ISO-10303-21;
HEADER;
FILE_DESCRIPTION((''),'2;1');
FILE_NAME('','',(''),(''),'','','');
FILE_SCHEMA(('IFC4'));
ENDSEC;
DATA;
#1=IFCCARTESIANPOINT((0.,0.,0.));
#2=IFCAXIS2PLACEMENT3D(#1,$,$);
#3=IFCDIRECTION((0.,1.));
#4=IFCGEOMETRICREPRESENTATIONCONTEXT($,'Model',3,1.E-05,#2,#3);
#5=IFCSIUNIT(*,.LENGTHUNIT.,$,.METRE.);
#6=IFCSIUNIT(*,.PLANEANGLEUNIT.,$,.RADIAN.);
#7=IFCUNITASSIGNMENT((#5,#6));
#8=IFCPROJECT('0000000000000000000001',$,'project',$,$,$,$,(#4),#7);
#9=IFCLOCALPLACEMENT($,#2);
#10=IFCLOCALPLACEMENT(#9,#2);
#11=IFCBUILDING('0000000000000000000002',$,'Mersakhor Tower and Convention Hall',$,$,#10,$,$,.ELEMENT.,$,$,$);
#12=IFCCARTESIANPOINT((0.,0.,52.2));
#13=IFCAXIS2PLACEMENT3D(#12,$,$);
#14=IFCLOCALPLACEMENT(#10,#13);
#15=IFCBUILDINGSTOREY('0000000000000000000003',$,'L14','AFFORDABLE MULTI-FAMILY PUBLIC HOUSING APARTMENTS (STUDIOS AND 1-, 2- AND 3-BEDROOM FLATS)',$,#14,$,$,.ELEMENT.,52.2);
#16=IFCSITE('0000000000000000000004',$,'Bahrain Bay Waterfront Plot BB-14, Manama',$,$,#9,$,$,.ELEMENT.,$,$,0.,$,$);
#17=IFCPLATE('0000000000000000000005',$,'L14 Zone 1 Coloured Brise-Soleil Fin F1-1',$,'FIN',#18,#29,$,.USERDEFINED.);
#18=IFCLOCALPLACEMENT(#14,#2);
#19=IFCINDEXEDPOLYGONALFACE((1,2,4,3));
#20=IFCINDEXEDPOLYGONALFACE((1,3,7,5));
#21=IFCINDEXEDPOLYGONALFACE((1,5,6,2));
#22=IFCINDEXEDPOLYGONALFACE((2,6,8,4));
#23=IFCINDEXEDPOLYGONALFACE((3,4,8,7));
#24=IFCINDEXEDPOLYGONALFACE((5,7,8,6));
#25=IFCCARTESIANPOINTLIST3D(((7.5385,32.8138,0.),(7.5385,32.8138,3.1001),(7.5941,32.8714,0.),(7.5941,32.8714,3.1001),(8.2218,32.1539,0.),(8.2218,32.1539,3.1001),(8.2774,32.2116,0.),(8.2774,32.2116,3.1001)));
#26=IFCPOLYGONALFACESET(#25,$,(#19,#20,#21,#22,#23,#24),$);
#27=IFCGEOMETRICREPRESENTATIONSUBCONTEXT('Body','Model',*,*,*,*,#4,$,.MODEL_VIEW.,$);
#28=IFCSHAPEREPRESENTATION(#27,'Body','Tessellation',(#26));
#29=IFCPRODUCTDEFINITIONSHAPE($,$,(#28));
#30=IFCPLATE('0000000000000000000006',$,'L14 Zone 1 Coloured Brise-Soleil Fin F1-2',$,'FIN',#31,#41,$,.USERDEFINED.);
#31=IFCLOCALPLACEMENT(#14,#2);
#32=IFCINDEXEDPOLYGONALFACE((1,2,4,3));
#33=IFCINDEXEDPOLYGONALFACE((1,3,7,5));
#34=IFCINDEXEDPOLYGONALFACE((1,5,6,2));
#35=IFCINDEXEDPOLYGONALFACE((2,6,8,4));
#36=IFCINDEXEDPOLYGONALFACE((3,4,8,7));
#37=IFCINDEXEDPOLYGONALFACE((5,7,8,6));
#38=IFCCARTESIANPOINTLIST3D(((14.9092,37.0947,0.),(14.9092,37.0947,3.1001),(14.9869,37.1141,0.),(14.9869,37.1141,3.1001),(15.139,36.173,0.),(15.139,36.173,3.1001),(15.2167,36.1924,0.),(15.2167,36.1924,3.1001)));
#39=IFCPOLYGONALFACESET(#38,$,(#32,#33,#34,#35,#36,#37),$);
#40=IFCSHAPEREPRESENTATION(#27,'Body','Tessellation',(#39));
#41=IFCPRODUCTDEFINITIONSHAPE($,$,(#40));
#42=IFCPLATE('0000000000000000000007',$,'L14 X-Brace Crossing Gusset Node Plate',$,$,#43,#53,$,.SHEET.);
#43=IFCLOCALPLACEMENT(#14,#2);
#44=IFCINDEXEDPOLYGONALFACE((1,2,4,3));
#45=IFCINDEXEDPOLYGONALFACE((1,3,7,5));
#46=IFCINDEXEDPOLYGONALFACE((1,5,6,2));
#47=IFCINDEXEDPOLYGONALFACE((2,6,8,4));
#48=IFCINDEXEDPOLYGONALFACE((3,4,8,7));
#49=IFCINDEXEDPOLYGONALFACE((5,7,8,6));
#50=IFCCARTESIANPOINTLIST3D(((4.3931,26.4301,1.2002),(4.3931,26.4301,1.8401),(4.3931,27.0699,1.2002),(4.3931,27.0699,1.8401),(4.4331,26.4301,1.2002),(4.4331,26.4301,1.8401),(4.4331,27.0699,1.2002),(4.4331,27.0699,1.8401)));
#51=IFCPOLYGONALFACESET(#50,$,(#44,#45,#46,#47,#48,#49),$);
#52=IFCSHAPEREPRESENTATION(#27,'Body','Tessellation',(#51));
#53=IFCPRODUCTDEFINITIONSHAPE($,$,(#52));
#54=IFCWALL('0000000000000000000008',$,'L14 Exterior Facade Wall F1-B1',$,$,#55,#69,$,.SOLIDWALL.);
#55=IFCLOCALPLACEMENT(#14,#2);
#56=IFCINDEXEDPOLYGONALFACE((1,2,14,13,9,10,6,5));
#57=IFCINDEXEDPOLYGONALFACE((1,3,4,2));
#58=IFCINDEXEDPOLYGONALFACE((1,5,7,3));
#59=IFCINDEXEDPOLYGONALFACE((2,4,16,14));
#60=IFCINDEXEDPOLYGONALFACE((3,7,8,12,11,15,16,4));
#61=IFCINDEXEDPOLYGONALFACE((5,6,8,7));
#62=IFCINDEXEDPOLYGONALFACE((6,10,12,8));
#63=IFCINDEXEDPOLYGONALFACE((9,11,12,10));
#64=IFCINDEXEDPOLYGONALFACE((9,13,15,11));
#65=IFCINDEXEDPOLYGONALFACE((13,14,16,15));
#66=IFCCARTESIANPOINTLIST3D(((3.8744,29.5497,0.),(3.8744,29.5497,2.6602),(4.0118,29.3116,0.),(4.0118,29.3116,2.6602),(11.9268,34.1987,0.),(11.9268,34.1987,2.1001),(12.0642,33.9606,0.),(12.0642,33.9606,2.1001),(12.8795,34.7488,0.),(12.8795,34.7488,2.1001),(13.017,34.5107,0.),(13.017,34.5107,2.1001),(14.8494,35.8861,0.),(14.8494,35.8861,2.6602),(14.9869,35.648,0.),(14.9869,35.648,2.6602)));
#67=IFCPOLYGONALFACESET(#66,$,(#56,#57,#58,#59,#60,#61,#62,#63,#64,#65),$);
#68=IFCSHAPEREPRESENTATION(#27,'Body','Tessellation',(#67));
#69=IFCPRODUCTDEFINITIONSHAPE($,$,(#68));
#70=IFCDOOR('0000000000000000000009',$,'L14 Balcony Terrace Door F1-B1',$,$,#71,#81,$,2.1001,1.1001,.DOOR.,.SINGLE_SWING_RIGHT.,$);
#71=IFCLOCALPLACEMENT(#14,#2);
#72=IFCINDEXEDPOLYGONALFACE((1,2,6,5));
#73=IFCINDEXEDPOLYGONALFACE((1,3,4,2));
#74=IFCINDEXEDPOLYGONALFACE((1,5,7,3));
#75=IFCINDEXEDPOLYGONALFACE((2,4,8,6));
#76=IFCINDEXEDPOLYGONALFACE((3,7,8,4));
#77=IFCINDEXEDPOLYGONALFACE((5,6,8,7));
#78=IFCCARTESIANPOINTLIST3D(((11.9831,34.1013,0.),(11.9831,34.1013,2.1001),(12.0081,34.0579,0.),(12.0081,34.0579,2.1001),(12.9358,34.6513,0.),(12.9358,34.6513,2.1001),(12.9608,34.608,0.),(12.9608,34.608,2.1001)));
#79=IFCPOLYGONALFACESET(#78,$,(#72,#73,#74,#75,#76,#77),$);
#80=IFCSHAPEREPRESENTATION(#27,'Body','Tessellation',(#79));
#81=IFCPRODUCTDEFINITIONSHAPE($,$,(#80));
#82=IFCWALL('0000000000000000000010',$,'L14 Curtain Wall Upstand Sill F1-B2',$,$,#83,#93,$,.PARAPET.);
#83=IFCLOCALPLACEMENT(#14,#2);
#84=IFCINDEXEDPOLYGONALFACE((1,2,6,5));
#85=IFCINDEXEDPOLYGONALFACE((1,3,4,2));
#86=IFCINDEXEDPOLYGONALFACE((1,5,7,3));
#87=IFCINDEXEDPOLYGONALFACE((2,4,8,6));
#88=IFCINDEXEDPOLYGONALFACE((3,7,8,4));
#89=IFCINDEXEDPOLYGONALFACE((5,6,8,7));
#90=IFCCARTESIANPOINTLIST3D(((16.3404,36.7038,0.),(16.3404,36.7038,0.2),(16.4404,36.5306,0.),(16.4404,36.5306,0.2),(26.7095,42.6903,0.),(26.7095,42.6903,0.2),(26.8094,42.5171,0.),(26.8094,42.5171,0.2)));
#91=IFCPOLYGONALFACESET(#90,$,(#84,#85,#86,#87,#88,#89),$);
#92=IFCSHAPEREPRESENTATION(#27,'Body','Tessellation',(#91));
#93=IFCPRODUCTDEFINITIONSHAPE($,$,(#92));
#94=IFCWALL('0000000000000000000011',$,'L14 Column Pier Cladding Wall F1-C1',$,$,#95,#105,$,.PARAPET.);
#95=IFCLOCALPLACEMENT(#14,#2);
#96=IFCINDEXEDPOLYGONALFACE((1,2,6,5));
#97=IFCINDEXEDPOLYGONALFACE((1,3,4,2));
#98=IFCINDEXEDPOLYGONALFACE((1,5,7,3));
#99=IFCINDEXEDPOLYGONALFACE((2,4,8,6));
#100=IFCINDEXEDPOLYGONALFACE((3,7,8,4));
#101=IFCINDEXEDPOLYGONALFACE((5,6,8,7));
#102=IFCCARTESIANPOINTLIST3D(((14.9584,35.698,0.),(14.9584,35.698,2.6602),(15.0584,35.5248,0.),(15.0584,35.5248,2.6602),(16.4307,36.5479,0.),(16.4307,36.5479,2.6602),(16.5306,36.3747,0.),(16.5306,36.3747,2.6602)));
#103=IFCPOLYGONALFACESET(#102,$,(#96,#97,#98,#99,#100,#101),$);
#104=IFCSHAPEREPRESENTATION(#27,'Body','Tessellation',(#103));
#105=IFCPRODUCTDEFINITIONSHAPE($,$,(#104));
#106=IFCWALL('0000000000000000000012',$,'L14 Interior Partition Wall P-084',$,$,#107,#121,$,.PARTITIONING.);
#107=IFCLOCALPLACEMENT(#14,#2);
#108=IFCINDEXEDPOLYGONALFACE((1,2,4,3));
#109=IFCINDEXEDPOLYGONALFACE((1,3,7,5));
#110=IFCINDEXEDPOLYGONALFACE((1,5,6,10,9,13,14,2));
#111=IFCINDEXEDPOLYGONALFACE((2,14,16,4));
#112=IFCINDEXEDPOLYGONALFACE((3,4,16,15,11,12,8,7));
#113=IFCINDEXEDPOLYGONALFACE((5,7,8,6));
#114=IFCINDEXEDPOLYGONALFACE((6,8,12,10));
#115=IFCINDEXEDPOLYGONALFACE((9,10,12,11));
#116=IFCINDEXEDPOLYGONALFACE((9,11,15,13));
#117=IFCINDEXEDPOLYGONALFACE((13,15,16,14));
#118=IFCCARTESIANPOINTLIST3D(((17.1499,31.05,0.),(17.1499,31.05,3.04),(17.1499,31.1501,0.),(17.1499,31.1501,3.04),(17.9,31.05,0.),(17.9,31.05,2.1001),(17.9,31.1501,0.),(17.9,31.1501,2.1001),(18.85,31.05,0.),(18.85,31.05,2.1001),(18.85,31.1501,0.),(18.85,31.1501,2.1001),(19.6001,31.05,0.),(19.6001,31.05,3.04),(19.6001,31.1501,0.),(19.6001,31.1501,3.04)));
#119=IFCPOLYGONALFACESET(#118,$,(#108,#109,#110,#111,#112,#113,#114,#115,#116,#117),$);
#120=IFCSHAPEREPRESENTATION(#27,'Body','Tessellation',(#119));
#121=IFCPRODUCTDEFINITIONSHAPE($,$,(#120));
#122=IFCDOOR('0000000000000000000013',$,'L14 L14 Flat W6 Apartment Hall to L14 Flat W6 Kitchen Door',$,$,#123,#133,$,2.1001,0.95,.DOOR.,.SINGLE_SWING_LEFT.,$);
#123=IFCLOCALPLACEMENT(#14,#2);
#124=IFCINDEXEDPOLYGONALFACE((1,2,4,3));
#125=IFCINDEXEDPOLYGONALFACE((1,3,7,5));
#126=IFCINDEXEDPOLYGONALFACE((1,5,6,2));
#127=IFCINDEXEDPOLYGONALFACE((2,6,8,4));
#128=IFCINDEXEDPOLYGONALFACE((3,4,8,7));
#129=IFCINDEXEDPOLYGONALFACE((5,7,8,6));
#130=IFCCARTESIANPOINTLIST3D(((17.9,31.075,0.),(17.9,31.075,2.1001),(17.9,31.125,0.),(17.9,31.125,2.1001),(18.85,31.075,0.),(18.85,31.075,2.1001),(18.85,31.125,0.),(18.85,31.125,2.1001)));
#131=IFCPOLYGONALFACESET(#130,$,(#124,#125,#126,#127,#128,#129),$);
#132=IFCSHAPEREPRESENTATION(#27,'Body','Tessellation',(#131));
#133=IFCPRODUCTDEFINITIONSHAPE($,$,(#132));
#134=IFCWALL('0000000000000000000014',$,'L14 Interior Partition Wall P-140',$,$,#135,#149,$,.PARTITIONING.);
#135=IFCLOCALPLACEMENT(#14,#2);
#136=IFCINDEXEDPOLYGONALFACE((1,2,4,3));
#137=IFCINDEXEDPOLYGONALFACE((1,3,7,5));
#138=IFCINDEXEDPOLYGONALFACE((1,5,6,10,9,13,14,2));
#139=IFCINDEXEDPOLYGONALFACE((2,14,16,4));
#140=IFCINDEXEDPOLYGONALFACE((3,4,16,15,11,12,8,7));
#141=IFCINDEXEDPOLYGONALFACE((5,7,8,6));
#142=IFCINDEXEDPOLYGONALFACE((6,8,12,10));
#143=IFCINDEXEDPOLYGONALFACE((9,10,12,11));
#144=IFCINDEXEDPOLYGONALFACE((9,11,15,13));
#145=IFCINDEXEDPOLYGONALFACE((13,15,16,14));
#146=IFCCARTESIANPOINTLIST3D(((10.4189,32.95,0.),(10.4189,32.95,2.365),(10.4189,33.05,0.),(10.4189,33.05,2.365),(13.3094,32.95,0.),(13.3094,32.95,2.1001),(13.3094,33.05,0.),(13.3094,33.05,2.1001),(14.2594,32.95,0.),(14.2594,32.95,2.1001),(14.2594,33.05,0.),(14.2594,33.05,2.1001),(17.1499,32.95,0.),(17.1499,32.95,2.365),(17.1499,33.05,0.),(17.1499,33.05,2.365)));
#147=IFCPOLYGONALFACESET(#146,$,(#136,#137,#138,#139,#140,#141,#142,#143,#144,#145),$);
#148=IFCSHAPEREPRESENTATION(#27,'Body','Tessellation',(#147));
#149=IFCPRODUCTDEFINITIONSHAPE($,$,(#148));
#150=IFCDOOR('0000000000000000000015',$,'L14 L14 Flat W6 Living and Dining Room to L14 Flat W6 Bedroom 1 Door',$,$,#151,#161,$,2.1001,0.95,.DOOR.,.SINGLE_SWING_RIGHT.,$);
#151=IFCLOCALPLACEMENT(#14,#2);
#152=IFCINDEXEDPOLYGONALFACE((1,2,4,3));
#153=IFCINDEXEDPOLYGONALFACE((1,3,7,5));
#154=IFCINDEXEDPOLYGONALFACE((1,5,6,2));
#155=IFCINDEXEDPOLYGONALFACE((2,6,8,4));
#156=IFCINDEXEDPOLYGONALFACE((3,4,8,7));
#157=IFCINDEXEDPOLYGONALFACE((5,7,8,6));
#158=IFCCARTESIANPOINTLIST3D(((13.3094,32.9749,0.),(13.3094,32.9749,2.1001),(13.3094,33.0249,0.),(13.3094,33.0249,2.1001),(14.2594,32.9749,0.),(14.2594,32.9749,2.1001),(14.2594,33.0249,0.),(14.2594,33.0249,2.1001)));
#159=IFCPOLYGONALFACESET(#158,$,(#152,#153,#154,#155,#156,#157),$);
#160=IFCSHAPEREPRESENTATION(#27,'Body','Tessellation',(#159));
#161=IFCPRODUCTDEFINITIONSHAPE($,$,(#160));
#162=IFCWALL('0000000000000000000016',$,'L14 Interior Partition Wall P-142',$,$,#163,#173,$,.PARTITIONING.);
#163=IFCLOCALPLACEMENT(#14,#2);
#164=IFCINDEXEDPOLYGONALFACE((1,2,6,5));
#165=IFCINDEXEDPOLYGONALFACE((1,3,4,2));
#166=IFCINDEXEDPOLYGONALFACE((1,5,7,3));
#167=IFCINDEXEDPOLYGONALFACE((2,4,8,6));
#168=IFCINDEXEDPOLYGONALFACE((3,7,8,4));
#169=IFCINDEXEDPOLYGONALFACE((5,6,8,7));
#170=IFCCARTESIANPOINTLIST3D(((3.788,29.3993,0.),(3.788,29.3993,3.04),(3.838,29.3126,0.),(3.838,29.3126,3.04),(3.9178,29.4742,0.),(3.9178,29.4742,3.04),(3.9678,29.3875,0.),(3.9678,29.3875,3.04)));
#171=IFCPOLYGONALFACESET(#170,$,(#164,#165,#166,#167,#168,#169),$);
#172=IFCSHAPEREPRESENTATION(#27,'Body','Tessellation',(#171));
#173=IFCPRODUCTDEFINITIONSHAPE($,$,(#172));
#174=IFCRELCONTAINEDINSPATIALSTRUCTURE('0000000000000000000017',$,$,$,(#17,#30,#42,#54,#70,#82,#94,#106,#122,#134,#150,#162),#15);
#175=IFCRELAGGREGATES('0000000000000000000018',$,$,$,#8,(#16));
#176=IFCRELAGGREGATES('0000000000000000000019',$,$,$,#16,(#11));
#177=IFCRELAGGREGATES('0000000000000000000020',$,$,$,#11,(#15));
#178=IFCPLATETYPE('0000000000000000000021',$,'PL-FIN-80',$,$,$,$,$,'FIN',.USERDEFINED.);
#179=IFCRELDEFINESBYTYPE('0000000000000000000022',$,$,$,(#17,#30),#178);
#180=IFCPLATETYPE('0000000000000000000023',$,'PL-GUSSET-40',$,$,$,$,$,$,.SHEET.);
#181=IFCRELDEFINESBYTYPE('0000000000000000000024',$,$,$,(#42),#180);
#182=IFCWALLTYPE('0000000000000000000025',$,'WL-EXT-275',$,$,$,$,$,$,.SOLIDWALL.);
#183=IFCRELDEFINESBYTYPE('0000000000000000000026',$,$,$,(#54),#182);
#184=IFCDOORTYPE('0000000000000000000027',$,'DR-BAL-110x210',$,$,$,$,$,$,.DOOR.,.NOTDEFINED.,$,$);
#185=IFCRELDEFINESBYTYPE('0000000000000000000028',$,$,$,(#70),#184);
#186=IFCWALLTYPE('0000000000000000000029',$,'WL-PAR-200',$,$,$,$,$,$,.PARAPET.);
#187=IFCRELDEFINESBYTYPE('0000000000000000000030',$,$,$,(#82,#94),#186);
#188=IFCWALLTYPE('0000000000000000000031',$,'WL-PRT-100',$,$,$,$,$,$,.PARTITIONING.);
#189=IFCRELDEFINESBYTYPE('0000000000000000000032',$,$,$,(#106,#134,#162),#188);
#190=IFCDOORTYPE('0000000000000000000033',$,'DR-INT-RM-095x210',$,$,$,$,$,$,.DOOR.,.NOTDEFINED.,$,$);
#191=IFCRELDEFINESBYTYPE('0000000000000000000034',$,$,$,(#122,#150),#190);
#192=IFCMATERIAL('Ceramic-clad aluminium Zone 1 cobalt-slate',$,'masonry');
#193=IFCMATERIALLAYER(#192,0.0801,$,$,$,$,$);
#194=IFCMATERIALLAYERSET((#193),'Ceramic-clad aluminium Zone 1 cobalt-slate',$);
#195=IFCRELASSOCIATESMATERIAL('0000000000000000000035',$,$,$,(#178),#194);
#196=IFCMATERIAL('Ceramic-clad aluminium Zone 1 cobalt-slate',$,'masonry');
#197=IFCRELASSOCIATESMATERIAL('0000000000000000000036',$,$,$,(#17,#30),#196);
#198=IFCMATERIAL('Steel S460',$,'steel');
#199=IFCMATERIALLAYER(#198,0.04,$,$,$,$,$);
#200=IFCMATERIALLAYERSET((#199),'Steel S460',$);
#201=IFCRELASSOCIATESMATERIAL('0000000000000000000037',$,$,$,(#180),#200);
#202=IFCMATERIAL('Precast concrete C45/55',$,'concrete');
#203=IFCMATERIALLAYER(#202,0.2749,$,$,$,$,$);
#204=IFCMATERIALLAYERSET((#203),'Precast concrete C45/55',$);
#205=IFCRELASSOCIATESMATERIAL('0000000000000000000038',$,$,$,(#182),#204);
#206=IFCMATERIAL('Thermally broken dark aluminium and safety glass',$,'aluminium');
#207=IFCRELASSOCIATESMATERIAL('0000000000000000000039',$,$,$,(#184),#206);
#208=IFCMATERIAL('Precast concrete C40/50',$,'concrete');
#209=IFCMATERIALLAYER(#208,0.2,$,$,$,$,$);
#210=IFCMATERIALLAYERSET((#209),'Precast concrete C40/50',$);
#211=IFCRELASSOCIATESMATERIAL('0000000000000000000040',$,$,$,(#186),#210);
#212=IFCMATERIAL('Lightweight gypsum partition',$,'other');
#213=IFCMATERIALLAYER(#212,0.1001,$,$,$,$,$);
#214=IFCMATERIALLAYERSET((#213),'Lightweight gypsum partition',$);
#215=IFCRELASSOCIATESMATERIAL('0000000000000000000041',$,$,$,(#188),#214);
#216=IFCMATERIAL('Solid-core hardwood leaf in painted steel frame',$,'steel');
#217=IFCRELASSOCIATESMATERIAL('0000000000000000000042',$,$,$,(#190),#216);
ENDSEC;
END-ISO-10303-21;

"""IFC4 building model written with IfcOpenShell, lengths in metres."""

from ifc_helpers import new_model, si_unit, direction, frame, frame_2d, origin, origin_2d, place, context, subcontext, project, spatial, rectangle, extrude, material, layer, layer_set, type_object, element, fill, save


model = new_model("IFC4")

# Units and contexts
model_context = context("Model", 3, precision=1e-05, world=origin(), true_north=direction((0.0, 1.0)))
body_context = subcontext(model_context, "Body", "Model", "MODEL_VIEW")
ifc_project = project(units=[si_unit("LENGTHUNIT", "METRE"), si_unit("PLANEANGLEUNIT", "RADIAN")], contexts=[model_context])

# Site, building, storey
site_placement = place(None, origin())
site = spatial("IfcSite", under=ifc_project, at=site_placement, Name="Bahrain Bay Waterfront Plot BB-14, Manama", CompositionType="ELEMENT", RefElevation=0.0)
building_placement = place(site_placement, origin())
building = spatial("IfcBuilding", under=site, at=building_placement, Name="Mersakhor Tower and Convention Hall", CompositionType="ELEMENT")
storey_placement = place(building_placement, frame((0.0, 0.0, 52.2)))
storey = spatial("IfcBuildingStorey", under=building, at=storey_placement, Name="L14", Description="AFFORDABLE MULTI-FAMILY PUBLIC HOUSING APARTMENTS (STUDIOS AND 1-, 2- AND 3-BEDROOM FLATS)", CompositionType="ELEMENT", Elevation=52.2)

# Plates
ifc_material_1 = material(Name="Ceramic-clad aluminium Zone 1 cobalt-slate", Category="masonry")
ifc_material_2 = material(Name="Ceramic-clad aluminium Zone 1 cobalt-slate", Category="masonry")
ifc_layer_1 = layer(ifc_material_2, 0.0801)
ifc_layer_set_1 = layer_set([ifc_layer_1], Name="Ceramic-clad aluminium Zone 1 cobalt-slate")
plate_type_1 = type_object("IfcPlateType", Name="PL-FIN-80", ElementType="FIN", PredefinedType="USERDEFINED", material=ifc_layer_set_1)
for number, where, z_axis, x_axis, name in (
    (1, (7.908, 32.5127, 0.0), (0.0, 0.0, 1.0), (-0.71934, 0.694658, 0.0), "L14 Zone 1 Coloured Brise-Soleil Fin F1-1"),
    (2, (15.063, 36.6436, 0.0), (0.0, 0.0, 1.0), (-0.241922, 0.970296, 0.0), "L14 Zone 1 Coloured Brise-Soleil Fin F1-2"),
):
    element("IfcPlate", number, at=place(storey_placement, frame(where, z_axis=z_axis, x_axis=x_axis)), inside=storey, type_object=plate_type_1, material=ifc_material_1, Name=name, ObjectType="FIN", PredefinedType="USERDEFINED", context=body_context, shape_type="SweptSolid", body=[
        extrude(rectangle(XDim=0.95, YDim=0.0801, at=origin_2d()), origin(), (0.0, 0.0, 1.0), 3.1001),
    ])
ifc_material_3 = material(Name="Steel S460", Category="steel")
ifc_layer_2 = layer(ifc_material_3, 0.04)
ifc_layer_set_2 = layer_set([ifc_layer_2], Name="Steel S460")
plate_type_2 = type_object("IfcPlateType", Name="PL-GUSSET-40", PredefinedType="SHEET", material=ifc_layer_set_2)
plate_placement = place(storey_placement, frame((4.4131, 26.75, 1.2002), z_axis=(0.0, 0.0, 1.0), x_axis=(0.0, -1.0, 0.0)))
element("IfcPlate", 3, at=plate_placement, inside=storey, type_object=plate_type_2, Name="L14 X-Brace Crossing Gusset Node Plate", PredefinedType="SHEET", context=body_context, shape_type="SweptSolid", body=[
    extrude(rectangle(XDim=0.6399, YDim=0.04, at=origin_2d()), origin(), (0.0, 0.0, 1.0), 0.6399),
])

# Wall, opening, door
ifc_material_4 = material(Name="Precast concrete C45/55", Category="concrete")
ifc_layer_3 = layer(ifc_material_4, 0.2749)
ifc_layer_set_3 = layer_set([ifc_layer_3], Name="Precast concrete C45/55")
wall_type_1 = type_object("IfcWallType", Name="WL-EXT-275", PredefinedType="SOLIDWALL", material=ifc_layer_set_3)
wall_1_placement = place(storey_placement, frame((3.9431, 29.4307, 0.0), z_axis=(0.0, 0.0, 1.0), x_axis=(0.866027, 0.499997, 0.0)))
wall_1 = element("IfcWall", 4, at=wall_1_placement, inside=storey, type_object=wall_type_1, Name="L14 Exterior Facade Wall F1-B1", PredefinedType="SOLIDWALL", context=body_context, shape_type="SweptSolid", body=[
    extrude(rectangle(XDim=12.6729, YDim=0.2749, at=frame_2d((6.3364, 0.0))), origin(), (0.0, 0.0, 1.0), 2.6602),
])
opening_1_placement = place(wall_1_placement, frame((9.2981, 0.0, 0.0)))
opening_1 = element("IfcOpeningElement", 5, at=opening_1_placement, cuts=wall_1, PredefinedType="OPENING", context=body_context, shape_type="SweptSolid", body=[
    extrude(rectangle(XDim=1.1001, YDim=2.1001, at=frame_2d((0.55, 1.05))), frame((0.0, 0.1475, 0.0), z_axis=(0.0, -1.0, 0.0), x_axis=(1.0, 0.0, 0.0)), (0.0, 0.0, 1.0), 0.2949),
])
ifc_material_5 = material(Name="Thermally broken dark aluminium and safety glass", Category="aluminium")
door_type_1 = type_object("IfcDoorType", Name="DR-BAL-110x210", OperationType="NOTDEFINED", PredefinedType="DOOR", material=ifc_material_5)
door_1_placement = place(opening_1_placement, origin())
door_1 = element("IfcDoor", 6, at=door_1_placement, inside=storey, type_object=door_type_1, Name="L14 Balcony Terrace Door F1-B1", OperationType="SINGLE_SWING_RIGHT", OverallHeight=2.1001, OverallWidth=1.1001, PredefinedType="DOOR", context=body_context, shape_type="SweptSolid", body=[
    extrude(rectangle(XDim=1.1001, YDim=2.1001, at=frame_2d((0.55, 1.05))), frame((0.0, 0.0249, 0.0), z_axis=(0.0, -1.0, 0.0), x_axis=(1.0, 0.0, 0.0)), (0.0, 0.0, 1.0), 0.05),
])
fill(opening_1, door_1)

# Walls
ifc_material_6 = material(Name="Precast concrete C40/50", Category="concrete")
ifc_layer_4 = layer(ifc_material_6, 0.2)
ifc_layer_set_4 = layer_set([ifc_layer_4], Name="Precast concrete C40/50")
wall_type_2 = type_object("IfcWallType", Name="WL-PAR-200", PredefinedType="PARAPET", material=ifc_layer_set_4)
wall_2_placement = place(storey_placement, frame((16.3904, 36.6172, 0.0), z_axis=(0.0, 0.0, 1.0), x_axis=(0.866027, 0.499997, 0.0)))
element("IfcWall", 7, at=wall_2_placement, inside=storey, type_object=wall_type_2, Name="L14 Curtain Wall Upstand Sill F1-B2", PredefinedType="PARAPET", context=body_context, shape_type="SweptSolid", body=[
    extrude(rectangle(XDim=11.9731, YDim=0.2, at=frame_2d((5.9866, 0.0))), origin(), (0.0, 0.0, 1.0), 0.2),
])
wall_3_placement = place(storey_placement, frame((15.0083, 35.6113, 0.0), z_axis=(0.0, 0.0, 1.0), x_axis=(0.866052, 0.499955, 0.0)))
element("IfcWall", 8, at=wall_3_placement, inside=storey, type_object=wall_type_2, Name="L14 Column Pier Cladding Wall F1-C1", PredefinedType="PARAPET", context=body_context, shape_type="SweptSolid", body=[
    extrude(rectangle(XDim=1.7, YDim=0.2, at=frame_2d((0.8501, 0.0))), origin(), (0.0, 0.0, 1.0), 2.6602),
])

# Walls, openings, doors
ifc_material_7 = material(Name="Lightweight gypsum partition", Category="other")
ifc_layer_5 = layer(ifc_material_7, 0.1001)
ifc_layer_set_5 = layer_set([ifc_layer_5], Name="Lightweight gypsum partition")
wall_type_3 = type_object("IfcWallType", Name="WL-PRT-100", PredefinedType="PARTITIONING", material=ifc_layer_set_5)
wall_4_placement = place(storey_placement, frame((17.1499, 31.1001, 0.0), z_axis=(0.0, 0.0, 1.0), x_axis=(1.0, 0.0, 0.0)))
wall_4 = element("IfcWall", 9, at=wall_4_placement, inside=storey, type_object=wall_type_3, Name="L14 Interior Partition Wall P-084", PredefinedType="PARTITIONING", context=body_context, shape_type="SweptSolid", body=[
    extrude(rectangle(XDim=2.4502, YDim=0.1001, at=frame_2d((1.2251, 0.0))), origin(), (0.0, 0.0, 1.0), 3.04),
])
opening_2_placement = place(wall_4_placement, frame((0.75, 0.0, 0.0)))
opening_2 = element("IfcOpeningElement", 10, at=opening_2_placement, cuts=wall_4, PredefinedType="OPENING", context=body_context, shape_type="SweptSolid", body=[
    extrude(rectangle(XDim=0.95, YDim=2.1001, at=frame_2d((0.4751, 1.05))), frame((0.0, 0.0601, 0.0), z_axis=(0.0, -1.0, 0.0), x_axis=(1.0, 0.0, 0.0)), (0.0, 0.0, 1.0), 0.1201),
])
ifc_material_8 = material(Name="Solid-core hardwood leaf in painted steel frame", Category="steel")
door_type_2 = type_object("IfcDoorType", Name="DR-INT-RM-095x210", OperationType="NOTDEFINED", PredefinedType="DOOR", material=ifc_material_8)
door_2_placement = place(opening_2_placement, origin())
door_2 = element("IfcDoor", 11, at=door_2_placement, inside=storey, type_object=door_type_2, Name="L14 L14 Flat W6 Apartment Hall to L14 Flat W6 Kitchen Door", OperationType="SINGLE_SWING_LEFT", OverallHeight=2.1001, OverallWidth=0.95, PredefinedType="DOOR", context=body_context, shape_type="SweptSolid", body=[
    extrude(rectangle(XDim=0.95, YDim=2.1001, at=frame_2d((0.4751, 1.05))), frame((0.0, 0.0249, 0.0), z_axis=(0.0, -1.0, 0.0), x_axis=(1.0, 0.0, 0.0)), (0.0, 0.0, 1.0), 0.05),
])
fill(opening_2, door_2)
wall_5_placement = place(storey_placement, frame((10.4189, 33.0, 0.0), z_axis=(0.0, 0.0, 1.0), x_axis=(1.0, 0.0, 0.0)))
wall_5 = element("IfcWall", 12, at=wall_5_placement, inside=storey, type_object=wall_type_3, Name="L14 Interior Partition Wall P-140", PredefinedType="PARTITIONING", context=body_context, shape_type="SweptSolid", body=[
    extrude(rectangle(XDim=6.731, YDim=0.1001, at=frame_2d((3.3655, 0.0))), origin(), (0.0, 0.0, 1.0), 2.365),
])
opening_3_placement = place(wall_5_placement, frame((2.8904, 0.0, 0.0)))
opening_3 = element("IfcOpeningElement", 13, at=opening_3_placement, cuts=wall_5, PredefinedType="OPENING", context=body_context, shape_type="SweptSolid", body=[
    extrude(rectangle(XDim=0.95, YDim=2.1001, at=frame_2d((0.4751, 1.05))), frame((0.0, 0.0601, 0.0), z_axis=(0.0, -1.0, 0.0), x_axis=(1.0, 0.0, 0.0)), (0.0, 0.0, 1.0), 0.1201),
])
door_3_placement = place(opening_3_placement, origin())
door_3 = element("IfcDoor", 14, at=door_3_placement, inside=storey, type_object=door_type_2, Name="L14 L14 Flat W6 Living and Dining Room to L14 Flat W6 Bedroom 1 Door", OperationType="SINGLE_SWING_RIGHT", OverallHeight=2.1001, OverallWidth=0.95, PredefinedType="DOOR", context=body_context, shape_type="SweptSolid", body=[
    extrude(rectangle(XDim=0.95, YDim=2.1001, at=frame_2d((0.4751, 1.05))), frame((0.0, 0.0249, 0.0), z_axis=(0.0, -1.0, 0.0), x_axis=(1.0, 0.0, 0.0)), (0.0, 0.0, 1.0), 0.05),
])
fill(opening_3, door_3)

# Wall
wall_6_placement = place(storey_placement, frame((3.813, 29.356, 0.0), z_axis=(0.0, 0.0, 1.0), x_axis=(0.866131, 0.499816, 0.0)))
element("IfcWall", 15, at=wall_6_placement, inside=storey, type_object=wall_type_3, Name="L14 Interior Partition Wall P-142", PredefinedType="PARTITIONING", context=body_context, shape_type="SweptSolid", body=[
    extrude(rectangle(XDim=0.1499, YDim=0.1001, at=frame_2d((0.075, 0.0))), origin(), (0.0, 0.0, 1.0), 3.04),
])

save(model, "model.ifc")
